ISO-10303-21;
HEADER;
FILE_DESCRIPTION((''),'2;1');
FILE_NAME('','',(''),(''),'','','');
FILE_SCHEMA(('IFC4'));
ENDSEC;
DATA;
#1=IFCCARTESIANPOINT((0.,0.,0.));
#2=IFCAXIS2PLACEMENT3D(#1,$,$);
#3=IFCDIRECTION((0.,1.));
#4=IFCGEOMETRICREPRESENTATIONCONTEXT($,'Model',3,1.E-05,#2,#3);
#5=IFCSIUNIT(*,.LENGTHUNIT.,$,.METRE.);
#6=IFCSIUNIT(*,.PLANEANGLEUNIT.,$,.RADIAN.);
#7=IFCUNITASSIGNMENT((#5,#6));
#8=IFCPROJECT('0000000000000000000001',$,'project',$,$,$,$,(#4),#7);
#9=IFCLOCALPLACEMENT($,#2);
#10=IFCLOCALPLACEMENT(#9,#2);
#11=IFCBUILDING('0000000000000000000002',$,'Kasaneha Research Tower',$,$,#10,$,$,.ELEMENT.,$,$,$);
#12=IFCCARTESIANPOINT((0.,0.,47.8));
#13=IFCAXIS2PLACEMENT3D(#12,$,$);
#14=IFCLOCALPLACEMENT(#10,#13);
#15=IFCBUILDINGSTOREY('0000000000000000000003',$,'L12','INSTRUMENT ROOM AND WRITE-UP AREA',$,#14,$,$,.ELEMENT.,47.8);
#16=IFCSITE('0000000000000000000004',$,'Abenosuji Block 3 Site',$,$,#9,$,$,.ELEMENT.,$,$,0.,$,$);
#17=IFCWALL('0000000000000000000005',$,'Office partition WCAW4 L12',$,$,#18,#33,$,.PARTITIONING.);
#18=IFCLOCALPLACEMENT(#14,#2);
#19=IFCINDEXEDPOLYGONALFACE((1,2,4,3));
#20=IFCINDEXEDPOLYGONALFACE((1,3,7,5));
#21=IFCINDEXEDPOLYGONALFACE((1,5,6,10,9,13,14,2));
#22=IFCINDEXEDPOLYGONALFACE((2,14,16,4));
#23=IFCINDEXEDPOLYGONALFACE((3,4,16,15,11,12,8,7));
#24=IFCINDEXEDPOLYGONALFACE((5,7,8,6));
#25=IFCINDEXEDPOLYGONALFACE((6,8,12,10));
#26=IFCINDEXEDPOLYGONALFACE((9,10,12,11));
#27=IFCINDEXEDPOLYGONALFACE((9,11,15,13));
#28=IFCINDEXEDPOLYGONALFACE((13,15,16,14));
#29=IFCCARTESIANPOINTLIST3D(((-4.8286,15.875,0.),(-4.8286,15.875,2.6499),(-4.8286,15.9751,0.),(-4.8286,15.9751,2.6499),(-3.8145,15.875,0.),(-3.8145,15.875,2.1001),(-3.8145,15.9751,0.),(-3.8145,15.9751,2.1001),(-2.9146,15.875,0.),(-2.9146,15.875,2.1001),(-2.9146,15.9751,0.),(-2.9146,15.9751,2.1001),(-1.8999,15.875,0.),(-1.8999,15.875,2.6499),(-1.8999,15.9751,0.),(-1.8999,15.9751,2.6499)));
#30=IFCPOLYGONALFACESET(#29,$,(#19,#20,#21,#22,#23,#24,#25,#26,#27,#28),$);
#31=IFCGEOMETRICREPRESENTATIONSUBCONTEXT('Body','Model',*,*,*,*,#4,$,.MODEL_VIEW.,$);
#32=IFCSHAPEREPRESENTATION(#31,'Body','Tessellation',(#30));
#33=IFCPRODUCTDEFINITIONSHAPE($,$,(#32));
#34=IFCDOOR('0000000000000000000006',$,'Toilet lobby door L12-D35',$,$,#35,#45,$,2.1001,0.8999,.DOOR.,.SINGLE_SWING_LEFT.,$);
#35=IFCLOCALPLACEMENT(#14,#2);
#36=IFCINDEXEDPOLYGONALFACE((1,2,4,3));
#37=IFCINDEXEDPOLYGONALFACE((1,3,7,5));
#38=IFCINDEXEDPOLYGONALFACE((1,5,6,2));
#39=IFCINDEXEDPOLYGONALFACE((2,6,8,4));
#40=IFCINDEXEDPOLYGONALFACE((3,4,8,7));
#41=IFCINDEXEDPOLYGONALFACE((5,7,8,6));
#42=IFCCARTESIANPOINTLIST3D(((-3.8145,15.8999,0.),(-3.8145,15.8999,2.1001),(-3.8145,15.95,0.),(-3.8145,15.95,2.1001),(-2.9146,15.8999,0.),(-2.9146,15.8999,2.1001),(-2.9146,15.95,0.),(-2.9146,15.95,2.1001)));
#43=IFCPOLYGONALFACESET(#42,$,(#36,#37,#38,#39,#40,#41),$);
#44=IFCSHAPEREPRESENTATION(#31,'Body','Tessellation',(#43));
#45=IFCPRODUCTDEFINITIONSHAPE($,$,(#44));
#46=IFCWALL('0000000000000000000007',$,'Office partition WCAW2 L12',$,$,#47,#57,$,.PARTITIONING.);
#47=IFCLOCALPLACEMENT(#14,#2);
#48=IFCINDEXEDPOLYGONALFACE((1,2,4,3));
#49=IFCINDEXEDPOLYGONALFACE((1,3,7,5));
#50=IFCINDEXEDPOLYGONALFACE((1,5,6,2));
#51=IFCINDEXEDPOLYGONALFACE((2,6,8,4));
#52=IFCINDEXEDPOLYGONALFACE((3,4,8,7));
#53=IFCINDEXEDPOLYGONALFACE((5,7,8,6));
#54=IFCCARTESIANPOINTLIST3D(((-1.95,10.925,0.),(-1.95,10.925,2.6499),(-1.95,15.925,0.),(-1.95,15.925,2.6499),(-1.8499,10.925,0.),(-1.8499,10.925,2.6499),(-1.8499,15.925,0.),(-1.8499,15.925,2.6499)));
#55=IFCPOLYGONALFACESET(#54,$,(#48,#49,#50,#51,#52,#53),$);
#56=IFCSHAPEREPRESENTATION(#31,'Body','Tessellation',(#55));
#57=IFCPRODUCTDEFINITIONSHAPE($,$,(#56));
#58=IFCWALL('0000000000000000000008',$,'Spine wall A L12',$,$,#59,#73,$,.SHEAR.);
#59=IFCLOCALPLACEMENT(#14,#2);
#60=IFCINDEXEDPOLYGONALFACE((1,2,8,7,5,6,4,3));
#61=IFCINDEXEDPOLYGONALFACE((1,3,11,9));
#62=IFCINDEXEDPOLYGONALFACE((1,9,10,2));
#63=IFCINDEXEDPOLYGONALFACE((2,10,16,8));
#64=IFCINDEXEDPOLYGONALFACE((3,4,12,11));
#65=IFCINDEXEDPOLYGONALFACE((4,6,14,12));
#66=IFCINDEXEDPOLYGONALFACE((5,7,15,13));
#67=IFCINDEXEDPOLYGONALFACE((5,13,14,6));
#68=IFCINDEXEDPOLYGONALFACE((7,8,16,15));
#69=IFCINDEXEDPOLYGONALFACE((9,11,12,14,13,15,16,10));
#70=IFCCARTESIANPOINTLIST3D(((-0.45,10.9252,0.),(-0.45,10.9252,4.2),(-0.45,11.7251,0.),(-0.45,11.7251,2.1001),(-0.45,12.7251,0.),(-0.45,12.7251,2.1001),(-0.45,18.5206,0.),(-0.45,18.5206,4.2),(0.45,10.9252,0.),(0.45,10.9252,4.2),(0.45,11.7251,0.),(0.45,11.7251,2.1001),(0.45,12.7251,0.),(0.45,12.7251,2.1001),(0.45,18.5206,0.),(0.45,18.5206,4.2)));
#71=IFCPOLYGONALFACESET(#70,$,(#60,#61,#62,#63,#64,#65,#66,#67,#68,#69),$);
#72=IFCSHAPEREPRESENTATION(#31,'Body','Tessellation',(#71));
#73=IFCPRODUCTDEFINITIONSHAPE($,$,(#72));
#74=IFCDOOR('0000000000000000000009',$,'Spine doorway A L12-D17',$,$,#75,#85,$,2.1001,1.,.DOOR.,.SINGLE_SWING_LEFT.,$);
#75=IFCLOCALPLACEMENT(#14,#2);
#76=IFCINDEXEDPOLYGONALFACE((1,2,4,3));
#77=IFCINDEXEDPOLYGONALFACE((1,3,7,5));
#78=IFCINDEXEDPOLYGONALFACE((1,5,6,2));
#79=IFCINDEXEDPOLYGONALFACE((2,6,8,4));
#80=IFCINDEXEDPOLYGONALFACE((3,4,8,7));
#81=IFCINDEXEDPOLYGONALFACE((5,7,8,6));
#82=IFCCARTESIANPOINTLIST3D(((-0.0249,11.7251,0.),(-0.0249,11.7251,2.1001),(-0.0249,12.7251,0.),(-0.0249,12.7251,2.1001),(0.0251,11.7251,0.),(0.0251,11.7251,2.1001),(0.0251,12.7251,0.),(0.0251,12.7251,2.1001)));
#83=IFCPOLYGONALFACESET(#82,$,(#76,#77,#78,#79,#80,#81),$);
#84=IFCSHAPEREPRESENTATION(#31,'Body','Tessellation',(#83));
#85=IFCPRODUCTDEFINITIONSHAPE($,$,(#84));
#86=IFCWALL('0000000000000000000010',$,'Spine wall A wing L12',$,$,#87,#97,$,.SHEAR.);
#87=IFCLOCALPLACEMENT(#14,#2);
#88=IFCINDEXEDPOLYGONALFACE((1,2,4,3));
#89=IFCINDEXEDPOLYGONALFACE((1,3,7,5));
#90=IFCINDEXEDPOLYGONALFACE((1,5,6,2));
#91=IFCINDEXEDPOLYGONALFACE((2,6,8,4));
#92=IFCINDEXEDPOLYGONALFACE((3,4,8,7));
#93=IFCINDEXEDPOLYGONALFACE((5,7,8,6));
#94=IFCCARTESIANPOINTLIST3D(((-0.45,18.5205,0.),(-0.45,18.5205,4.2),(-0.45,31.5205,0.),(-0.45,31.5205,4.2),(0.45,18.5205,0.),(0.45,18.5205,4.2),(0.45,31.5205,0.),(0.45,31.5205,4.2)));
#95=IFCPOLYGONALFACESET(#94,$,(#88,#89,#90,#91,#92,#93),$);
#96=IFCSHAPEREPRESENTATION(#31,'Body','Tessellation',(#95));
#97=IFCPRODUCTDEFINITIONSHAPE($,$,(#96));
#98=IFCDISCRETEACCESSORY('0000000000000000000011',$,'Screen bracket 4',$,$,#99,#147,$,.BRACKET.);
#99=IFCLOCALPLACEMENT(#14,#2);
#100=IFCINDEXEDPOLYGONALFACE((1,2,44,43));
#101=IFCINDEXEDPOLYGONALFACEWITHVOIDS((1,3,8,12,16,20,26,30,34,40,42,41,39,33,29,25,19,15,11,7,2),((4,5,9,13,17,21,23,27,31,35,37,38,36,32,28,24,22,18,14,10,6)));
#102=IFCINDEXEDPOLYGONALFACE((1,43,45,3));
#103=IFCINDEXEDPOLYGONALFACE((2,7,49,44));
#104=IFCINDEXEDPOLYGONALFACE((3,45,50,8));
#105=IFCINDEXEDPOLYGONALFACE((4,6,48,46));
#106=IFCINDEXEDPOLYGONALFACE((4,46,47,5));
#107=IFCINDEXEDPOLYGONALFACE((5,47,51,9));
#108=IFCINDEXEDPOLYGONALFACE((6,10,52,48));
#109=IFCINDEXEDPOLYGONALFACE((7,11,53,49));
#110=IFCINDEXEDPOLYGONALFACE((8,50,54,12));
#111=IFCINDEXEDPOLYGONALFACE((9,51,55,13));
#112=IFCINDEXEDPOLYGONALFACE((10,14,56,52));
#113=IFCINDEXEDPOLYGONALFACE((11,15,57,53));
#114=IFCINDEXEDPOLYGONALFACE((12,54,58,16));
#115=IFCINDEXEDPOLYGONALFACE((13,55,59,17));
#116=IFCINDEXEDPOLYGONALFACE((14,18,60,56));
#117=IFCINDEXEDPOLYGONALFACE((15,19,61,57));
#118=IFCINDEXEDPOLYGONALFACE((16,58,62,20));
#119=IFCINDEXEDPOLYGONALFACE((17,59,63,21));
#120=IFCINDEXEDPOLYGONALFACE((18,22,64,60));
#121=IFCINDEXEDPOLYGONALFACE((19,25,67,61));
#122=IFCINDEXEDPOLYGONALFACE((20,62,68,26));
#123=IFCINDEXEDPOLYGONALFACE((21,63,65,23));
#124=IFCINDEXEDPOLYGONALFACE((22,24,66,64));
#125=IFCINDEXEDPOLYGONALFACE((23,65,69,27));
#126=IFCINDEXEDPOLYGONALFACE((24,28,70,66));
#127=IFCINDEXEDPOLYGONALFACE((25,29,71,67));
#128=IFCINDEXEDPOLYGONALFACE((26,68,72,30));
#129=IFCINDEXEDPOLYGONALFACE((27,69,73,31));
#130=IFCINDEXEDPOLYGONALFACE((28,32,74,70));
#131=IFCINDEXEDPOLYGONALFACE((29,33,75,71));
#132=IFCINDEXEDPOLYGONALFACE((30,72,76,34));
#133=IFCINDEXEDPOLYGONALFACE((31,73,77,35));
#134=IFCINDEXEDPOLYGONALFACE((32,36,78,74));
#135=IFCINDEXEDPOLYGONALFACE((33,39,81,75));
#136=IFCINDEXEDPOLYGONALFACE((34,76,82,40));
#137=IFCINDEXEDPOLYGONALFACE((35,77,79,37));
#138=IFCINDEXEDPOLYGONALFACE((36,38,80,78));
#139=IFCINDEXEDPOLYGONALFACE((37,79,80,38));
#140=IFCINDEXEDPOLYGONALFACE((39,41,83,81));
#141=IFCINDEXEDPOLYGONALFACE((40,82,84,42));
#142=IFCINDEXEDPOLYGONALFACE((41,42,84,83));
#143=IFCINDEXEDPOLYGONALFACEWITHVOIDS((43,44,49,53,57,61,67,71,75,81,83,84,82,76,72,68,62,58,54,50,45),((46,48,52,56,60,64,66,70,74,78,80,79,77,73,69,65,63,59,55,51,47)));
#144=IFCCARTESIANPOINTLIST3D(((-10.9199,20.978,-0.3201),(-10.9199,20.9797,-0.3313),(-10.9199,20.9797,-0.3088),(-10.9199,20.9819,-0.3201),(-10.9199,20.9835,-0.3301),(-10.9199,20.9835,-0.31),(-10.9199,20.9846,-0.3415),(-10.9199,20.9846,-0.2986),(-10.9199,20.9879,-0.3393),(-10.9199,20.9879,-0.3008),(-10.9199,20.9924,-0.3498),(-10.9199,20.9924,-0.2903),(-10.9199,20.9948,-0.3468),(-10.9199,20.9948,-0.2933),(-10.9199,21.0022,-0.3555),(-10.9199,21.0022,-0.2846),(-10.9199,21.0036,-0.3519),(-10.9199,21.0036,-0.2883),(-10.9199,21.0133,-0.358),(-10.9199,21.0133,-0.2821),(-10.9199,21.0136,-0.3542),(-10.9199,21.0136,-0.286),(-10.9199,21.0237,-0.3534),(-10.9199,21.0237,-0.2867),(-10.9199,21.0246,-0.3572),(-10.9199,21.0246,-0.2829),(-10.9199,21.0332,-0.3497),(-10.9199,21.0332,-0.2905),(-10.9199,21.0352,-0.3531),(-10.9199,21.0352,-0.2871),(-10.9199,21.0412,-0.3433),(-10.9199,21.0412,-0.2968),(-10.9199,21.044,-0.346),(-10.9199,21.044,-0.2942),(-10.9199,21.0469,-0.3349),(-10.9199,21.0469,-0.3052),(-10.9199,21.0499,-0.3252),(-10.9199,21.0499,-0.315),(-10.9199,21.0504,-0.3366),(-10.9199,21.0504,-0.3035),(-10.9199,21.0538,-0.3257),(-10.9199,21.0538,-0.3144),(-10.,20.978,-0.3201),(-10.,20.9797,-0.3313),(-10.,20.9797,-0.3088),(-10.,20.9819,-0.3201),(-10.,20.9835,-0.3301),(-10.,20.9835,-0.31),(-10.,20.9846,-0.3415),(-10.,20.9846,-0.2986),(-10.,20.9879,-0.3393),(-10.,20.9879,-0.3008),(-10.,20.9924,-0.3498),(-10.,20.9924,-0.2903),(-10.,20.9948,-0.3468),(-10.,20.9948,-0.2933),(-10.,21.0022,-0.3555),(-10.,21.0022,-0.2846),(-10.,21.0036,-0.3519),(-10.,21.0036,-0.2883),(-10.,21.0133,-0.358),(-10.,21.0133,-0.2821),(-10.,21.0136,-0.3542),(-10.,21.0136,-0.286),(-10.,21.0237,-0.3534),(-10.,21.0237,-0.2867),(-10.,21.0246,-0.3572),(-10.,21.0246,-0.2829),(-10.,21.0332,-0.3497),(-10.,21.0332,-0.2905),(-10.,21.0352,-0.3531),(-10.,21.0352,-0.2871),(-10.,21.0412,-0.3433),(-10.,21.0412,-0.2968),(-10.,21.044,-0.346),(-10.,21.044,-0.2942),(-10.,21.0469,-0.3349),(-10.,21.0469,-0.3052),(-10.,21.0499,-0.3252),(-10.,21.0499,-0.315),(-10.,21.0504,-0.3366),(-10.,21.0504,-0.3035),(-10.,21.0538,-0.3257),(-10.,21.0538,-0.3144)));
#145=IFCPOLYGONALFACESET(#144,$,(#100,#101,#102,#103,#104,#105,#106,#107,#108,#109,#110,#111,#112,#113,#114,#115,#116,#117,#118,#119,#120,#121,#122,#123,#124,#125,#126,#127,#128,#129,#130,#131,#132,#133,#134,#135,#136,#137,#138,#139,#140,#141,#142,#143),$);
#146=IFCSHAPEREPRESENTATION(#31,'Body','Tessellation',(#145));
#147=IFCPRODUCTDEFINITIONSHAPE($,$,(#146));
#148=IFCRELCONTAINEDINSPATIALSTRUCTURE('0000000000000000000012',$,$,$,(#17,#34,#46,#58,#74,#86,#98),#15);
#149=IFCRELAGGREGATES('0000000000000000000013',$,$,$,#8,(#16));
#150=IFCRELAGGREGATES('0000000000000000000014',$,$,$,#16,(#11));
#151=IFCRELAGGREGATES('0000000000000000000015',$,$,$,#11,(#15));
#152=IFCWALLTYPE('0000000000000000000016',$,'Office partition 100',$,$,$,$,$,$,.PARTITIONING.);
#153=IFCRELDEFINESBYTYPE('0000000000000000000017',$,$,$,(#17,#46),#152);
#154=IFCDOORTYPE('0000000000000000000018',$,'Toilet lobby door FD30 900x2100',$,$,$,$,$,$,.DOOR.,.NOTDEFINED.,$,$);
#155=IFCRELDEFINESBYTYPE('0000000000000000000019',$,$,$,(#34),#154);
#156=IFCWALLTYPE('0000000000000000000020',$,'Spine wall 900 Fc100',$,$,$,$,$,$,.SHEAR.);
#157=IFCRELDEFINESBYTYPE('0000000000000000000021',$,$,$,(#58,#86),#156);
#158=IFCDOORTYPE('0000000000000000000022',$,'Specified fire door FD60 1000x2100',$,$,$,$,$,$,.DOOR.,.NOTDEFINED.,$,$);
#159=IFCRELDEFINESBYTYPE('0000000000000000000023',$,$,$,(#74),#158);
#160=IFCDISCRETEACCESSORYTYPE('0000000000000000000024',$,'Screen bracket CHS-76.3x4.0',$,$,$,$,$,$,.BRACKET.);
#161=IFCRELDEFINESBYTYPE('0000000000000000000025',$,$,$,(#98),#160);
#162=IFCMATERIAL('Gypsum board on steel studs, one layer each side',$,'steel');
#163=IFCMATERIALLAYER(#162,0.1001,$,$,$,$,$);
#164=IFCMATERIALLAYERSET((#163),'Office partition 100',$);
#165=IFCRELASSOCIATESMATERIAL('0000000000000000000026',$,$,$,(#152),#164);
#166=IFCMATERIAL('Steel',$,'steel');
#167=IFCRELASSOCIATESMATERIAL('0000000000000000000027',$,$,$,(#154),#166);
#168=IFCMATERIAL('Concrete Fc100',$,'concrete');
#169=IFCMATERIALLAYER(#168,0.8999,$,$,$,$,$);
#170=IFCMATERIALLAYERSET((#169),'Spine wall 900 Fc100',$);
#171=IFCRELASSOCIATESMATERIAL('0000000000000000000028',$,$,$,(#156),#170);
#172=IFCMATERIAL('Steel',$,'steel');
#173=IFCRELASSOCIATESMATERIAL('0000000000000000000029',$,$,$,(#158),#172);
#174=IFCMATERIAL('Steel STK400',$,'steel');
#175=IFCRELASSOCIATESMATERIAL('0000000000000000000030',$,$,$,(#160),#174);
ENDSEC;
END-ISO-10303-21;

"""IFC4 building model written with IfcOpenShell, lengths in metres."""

from ifc_helpers import new_model, si_unit, direction, frame, frame_2d, origin, origin_2d, place, context, subcontext, project, spatial, rectangle, hollow_circle, extrude, material, layer, layer_set, material_profile, profile_set, type_object, element, fill, save


model = new_model("IFC4")

# Units and contexts
model_context = context("Model", 3, precision=1e-05, world=origin(), true_north=direction((0.0, 1.0)))
body_context = subcontext(model_context, "Body", "Model", "MODEL_VIEW")
ifc_project = project(units=[si_unit("LENGTHUNIT", "METRE"), si_unit("PLANEANGLEUNIT", "RADIAN")], contexts=[model_context])

# Site, building, storey
site_placement = place(None, origin())
site = spatial("IfcSite", under=ifc_project, at=site_placement, Name="Abenosuji Block 3 Site", CompositionType="ELEMENT", RefElevation=0.0)
building_placement = place(site_placement, origin())
building = spatial("IfcBuilding", under=site, at=building_placement, Name="Kasaneha Research Tower", CompositionType="ELEMENT")
storey_placement = place(building_placement, frame((0.0, 0.0, 47.8)))
storey = spatial("IfcBuildingStorey", under=building, at=storey_placement, Name="L12", Description="INSTRUMENT ROOM AND WRITE-UP AREA", CompositionType="ELEMENT", Elevation=47.8)

# Wall, opening, door
ifc_material_1 = material(Name="Gypsum board on steel studs, one layer each side", Category="steel")
ifc_layer_1 = layer(ifc_material_1, 0.1001)
ifc_layer_set_1 = layer_set([ifc_layer_1], Name="Office partition 100")
wall_type_1 = type_object("IfcWallType", Name="Office partition 100", PredefinedType="PARTITIONING", material=ifc_layer_set_1)
ifc_material_2 = material(Name="Steel", Category="steel")
door_type_1 = type_object("IfcDoorType", Name="Toilet lobby door FD30 900x2100", OperationType="NOTDEFINED", PredefinedType="DOOR", material=ifc_material_2)
wall_1_placement = place(storey_placement, frame((-4.8286, 15.925, 0.0), z_axis=(0.0, 0.0, 1.0), x_axis=(1.0, 0.0, 0.0)))
wall_1 = element("IfcWall", 1, at=wall_1_placement, inside=storey, type_object=wall_type_1, Name="Office partition WCAW4 L12", PredefinedType="PARTITIONING", context=body_context, shape_type="SweptSolid", body=[
    extrude(rectangle(XDim=2.9287, YDim=0.1001, at=frame_2d((1.4644, 0.0))), origin(), (0.0, 0.0, 1.0), 2.6499),
])
opening_1_placement = place(wall_1_placement, frame((1.0142, 0.0, 0.0)))
opening_1 = element("IfcOpeningElement", 2, at=opening_1_placement, cuts=wall_1, PredefinedType="OPENING", context=body_context, shape_type="SweptSolid", body=[
    extrude(rectangle(XDim=0.8999, YDim=2.1001, at=frame_2d((0.45, 1.05))), frame((0.0, 0.0601, 0.0), z_axis=(0.0, -1.0, 0.0), x_axis=(1.0, 0.0, 0.0)), (0.0, 0.0, 1.0), 0.1201),
])
door_1_placement = place(opening_1_placement, origin())
door_1 = element("IfcDoor", 3, at=door_1_placement, inside=storey, type_object=door_type_1, Name="Toilet lobby door L12-D35", OperationType="SINGLE_SWING_LEFT", OverallHeight=2.1001, OverallWidth=0.8999, PredefinedType="DOOR", context=body_context, shape_type="SweptSolid", body=[
    extrude(rectangle(XDim=0.8999, YDim=2.1001, at=frame_2d((0.45, 1.05))), frame((0.0, 0.0249, 0.0), z_axis=(0.0, -1.0, 0.0), x_axis=(1.0, 0.0, 0.0)), (0.0, 0.0, 1.0), 0.05),
])
fill(opening_1, door_1)

# Wall
wall_2_placement = place(storey_placement, frame((-1.8999, 10.925, 0.0), z_axis=(0.0, 0.0, 1.0), x_axis=(0.0, 1.0, 0.0)))
element("IfcWall", 4, at=wall_2_placement, inside=storey, type_object=wall_type_1, Name="Office partition WCAW2 L12", PredefinedType="PARTITIONING", context=body_context, shape_type="SweptSolid", body=[
    extrude(rectangle(XDim=5.0, YDim=0.1001, at=frame_2d((2.5, 0.0))), origin(), (0.0, 0.0, 1.0), 2.6499),
])

# Wall, opening, door
ifc_material_3 = material(Name="Concrete Fc100", Category="concrete")
ifc_layer_2 = layer(ifc_material_3, 0.8999)
ifc_layer_set_2 = layer_set([ifc_layer_2], Name="Spine wall 900 Fc100")
wall_type_2 = type_object("IfcWallType", Name="Spine wall 900 Fc100", PredefinedType="SHEAR", material=ifc_layer_set_2)
wall_3_placement = place(storey_placement, frame((0.0, 10.925, 0.0), z_axis=(0.0, 0.0, 1.0), x_axis=(0.0, 1.0, 0.0)))
wall_3 = element("IfcWall", 5, at=wall_3_placement, inside=storey, type_object=wall_type_2, Name="Spine wall A L12", PredefinedType="SHEAR", context=body_context, shape_type="SweptSolid", body=[
    extrude(rectangle(XDim=7.5955, YDim=0.8999, at=frame_2d((3.7979, 0.0))), origin(), (0.0, 0.0, 1.0), 4.2),
])
opening_2_placement = place(wall_3_placement, frame((0.8, 0.0, 0.0)))
opening_2 = element("IfcOpeningElement", 6, at=opening_2_placement, cuts=wall_3, PredefinedType="OPENING", context=body_context, shape_type="SweptSolid", body=[
    extrude(rectangle(XDim=1.0, YDim=2.1001, at=frame_2d((0.5, 1.05))), frame((0.0, 0.46, 0.0), z_axis=(0.0, -1.0, 0.0), x_axis=(1.0, 0.0, 0.0)), (0.0, 0.0, 1.0), 0.9199),
])
ifc_material_4 = material(Name="Steel", Category="steel")
door_type_2 = type_object("IfcDoorType", Name="Specified fire door FD60 1000x2100", OperationType="NOTDEFINED", PredefinedType="DOOR", material=ifc_material_4)
door_2_placement = place(opening_2_placement, origin())
door_2 = element("IfcDoor", 7, at=door_2_placement, inside=storey, type_object=door_type_2, Name="Spine doorway A L12-D17", OperationType="SINGLE_SWING_LEFT", OverallHeight=2.1001, OverallWidth=1.0, PredefinedType="DOOR", context=body_context, shape_type="SweptSolid", body=[
    extrude(rectangle(XDim=1.0, YDim=2.1001, at=frame_2d((0.5, 1.05))), frame((0.0, 0.0249, 0.0), z_axis=(0.0, -1.0, 0.0), x_axis=(1.0, 0.0, 0.0)), (0.0, 0.0, 1.0), 0.05),
])
fill(opening_2, door_2)

# Wall
wall_4_placement = place(storey_placement, frame((0.0, 18.5205, 0.0), z_axis=(0.0, 0.0, 1.0), x_axis=(0.0, 1.0, 0.0)))
element("IfcWall", 8, at=wall_4_placement, inside=storey, type_object=wall_type_2, Name="Spine wall A wing L12", PredefinedType="SHEAR", context=body_context, shape_type="SweptSolid", body=[
    extrude(rectangle(XDim=13.0, YDim=0.8999, at=frame_2d((6.5, 0.0))), origin(), (0.0, 0.0, 1.0), 4.2),
])

# Discrete accessory
ifc_material_5 = material(Name="Steel STK400", Category="steel")
ifc_material_profile_1 = material_profile(ifc_material_5, hollow_circle(Radius=0.0381, WallThickness=0.0039, at=origin_2d()), Name="CHS-76.3x4.0")
ifc_profile_set_1 = profile_set([ifc_material_profile_1], Name="Steel STK400")
discrete_accessory_type = type_object("IfcDiscreteAccessoryType", Name="Screen bracket CHS-76.3x4.0", PredefinedType="BRACKET", material=ifc_profile_set_1)
for number, where, z_axis, x_axis, name in (
    (9, (-10.0, 21.0161, -0.3201), (-1.0, 0.0, 0.0), (0.0, -1.0, 0.0), "Screen bracket 4"),
):
    element("IfcDiscreteAccessory", number, at=place(storey_placement, frame(where, z_axis=z_axis, x_axis=x_axis)), inside=storey, type_object=discrete_accessory_type, Name=name, PredefinedType="BRACKET", context=body_context, shape_type="SweptSolid", body=[
        extrude(hollow_circle(Radius=0.0381, WallThickness=0.0039, at=origin_2d()), origin(), (0.0, 0.0, 1.0), 0.9199),
    ])

save(model, "model.ifc")
